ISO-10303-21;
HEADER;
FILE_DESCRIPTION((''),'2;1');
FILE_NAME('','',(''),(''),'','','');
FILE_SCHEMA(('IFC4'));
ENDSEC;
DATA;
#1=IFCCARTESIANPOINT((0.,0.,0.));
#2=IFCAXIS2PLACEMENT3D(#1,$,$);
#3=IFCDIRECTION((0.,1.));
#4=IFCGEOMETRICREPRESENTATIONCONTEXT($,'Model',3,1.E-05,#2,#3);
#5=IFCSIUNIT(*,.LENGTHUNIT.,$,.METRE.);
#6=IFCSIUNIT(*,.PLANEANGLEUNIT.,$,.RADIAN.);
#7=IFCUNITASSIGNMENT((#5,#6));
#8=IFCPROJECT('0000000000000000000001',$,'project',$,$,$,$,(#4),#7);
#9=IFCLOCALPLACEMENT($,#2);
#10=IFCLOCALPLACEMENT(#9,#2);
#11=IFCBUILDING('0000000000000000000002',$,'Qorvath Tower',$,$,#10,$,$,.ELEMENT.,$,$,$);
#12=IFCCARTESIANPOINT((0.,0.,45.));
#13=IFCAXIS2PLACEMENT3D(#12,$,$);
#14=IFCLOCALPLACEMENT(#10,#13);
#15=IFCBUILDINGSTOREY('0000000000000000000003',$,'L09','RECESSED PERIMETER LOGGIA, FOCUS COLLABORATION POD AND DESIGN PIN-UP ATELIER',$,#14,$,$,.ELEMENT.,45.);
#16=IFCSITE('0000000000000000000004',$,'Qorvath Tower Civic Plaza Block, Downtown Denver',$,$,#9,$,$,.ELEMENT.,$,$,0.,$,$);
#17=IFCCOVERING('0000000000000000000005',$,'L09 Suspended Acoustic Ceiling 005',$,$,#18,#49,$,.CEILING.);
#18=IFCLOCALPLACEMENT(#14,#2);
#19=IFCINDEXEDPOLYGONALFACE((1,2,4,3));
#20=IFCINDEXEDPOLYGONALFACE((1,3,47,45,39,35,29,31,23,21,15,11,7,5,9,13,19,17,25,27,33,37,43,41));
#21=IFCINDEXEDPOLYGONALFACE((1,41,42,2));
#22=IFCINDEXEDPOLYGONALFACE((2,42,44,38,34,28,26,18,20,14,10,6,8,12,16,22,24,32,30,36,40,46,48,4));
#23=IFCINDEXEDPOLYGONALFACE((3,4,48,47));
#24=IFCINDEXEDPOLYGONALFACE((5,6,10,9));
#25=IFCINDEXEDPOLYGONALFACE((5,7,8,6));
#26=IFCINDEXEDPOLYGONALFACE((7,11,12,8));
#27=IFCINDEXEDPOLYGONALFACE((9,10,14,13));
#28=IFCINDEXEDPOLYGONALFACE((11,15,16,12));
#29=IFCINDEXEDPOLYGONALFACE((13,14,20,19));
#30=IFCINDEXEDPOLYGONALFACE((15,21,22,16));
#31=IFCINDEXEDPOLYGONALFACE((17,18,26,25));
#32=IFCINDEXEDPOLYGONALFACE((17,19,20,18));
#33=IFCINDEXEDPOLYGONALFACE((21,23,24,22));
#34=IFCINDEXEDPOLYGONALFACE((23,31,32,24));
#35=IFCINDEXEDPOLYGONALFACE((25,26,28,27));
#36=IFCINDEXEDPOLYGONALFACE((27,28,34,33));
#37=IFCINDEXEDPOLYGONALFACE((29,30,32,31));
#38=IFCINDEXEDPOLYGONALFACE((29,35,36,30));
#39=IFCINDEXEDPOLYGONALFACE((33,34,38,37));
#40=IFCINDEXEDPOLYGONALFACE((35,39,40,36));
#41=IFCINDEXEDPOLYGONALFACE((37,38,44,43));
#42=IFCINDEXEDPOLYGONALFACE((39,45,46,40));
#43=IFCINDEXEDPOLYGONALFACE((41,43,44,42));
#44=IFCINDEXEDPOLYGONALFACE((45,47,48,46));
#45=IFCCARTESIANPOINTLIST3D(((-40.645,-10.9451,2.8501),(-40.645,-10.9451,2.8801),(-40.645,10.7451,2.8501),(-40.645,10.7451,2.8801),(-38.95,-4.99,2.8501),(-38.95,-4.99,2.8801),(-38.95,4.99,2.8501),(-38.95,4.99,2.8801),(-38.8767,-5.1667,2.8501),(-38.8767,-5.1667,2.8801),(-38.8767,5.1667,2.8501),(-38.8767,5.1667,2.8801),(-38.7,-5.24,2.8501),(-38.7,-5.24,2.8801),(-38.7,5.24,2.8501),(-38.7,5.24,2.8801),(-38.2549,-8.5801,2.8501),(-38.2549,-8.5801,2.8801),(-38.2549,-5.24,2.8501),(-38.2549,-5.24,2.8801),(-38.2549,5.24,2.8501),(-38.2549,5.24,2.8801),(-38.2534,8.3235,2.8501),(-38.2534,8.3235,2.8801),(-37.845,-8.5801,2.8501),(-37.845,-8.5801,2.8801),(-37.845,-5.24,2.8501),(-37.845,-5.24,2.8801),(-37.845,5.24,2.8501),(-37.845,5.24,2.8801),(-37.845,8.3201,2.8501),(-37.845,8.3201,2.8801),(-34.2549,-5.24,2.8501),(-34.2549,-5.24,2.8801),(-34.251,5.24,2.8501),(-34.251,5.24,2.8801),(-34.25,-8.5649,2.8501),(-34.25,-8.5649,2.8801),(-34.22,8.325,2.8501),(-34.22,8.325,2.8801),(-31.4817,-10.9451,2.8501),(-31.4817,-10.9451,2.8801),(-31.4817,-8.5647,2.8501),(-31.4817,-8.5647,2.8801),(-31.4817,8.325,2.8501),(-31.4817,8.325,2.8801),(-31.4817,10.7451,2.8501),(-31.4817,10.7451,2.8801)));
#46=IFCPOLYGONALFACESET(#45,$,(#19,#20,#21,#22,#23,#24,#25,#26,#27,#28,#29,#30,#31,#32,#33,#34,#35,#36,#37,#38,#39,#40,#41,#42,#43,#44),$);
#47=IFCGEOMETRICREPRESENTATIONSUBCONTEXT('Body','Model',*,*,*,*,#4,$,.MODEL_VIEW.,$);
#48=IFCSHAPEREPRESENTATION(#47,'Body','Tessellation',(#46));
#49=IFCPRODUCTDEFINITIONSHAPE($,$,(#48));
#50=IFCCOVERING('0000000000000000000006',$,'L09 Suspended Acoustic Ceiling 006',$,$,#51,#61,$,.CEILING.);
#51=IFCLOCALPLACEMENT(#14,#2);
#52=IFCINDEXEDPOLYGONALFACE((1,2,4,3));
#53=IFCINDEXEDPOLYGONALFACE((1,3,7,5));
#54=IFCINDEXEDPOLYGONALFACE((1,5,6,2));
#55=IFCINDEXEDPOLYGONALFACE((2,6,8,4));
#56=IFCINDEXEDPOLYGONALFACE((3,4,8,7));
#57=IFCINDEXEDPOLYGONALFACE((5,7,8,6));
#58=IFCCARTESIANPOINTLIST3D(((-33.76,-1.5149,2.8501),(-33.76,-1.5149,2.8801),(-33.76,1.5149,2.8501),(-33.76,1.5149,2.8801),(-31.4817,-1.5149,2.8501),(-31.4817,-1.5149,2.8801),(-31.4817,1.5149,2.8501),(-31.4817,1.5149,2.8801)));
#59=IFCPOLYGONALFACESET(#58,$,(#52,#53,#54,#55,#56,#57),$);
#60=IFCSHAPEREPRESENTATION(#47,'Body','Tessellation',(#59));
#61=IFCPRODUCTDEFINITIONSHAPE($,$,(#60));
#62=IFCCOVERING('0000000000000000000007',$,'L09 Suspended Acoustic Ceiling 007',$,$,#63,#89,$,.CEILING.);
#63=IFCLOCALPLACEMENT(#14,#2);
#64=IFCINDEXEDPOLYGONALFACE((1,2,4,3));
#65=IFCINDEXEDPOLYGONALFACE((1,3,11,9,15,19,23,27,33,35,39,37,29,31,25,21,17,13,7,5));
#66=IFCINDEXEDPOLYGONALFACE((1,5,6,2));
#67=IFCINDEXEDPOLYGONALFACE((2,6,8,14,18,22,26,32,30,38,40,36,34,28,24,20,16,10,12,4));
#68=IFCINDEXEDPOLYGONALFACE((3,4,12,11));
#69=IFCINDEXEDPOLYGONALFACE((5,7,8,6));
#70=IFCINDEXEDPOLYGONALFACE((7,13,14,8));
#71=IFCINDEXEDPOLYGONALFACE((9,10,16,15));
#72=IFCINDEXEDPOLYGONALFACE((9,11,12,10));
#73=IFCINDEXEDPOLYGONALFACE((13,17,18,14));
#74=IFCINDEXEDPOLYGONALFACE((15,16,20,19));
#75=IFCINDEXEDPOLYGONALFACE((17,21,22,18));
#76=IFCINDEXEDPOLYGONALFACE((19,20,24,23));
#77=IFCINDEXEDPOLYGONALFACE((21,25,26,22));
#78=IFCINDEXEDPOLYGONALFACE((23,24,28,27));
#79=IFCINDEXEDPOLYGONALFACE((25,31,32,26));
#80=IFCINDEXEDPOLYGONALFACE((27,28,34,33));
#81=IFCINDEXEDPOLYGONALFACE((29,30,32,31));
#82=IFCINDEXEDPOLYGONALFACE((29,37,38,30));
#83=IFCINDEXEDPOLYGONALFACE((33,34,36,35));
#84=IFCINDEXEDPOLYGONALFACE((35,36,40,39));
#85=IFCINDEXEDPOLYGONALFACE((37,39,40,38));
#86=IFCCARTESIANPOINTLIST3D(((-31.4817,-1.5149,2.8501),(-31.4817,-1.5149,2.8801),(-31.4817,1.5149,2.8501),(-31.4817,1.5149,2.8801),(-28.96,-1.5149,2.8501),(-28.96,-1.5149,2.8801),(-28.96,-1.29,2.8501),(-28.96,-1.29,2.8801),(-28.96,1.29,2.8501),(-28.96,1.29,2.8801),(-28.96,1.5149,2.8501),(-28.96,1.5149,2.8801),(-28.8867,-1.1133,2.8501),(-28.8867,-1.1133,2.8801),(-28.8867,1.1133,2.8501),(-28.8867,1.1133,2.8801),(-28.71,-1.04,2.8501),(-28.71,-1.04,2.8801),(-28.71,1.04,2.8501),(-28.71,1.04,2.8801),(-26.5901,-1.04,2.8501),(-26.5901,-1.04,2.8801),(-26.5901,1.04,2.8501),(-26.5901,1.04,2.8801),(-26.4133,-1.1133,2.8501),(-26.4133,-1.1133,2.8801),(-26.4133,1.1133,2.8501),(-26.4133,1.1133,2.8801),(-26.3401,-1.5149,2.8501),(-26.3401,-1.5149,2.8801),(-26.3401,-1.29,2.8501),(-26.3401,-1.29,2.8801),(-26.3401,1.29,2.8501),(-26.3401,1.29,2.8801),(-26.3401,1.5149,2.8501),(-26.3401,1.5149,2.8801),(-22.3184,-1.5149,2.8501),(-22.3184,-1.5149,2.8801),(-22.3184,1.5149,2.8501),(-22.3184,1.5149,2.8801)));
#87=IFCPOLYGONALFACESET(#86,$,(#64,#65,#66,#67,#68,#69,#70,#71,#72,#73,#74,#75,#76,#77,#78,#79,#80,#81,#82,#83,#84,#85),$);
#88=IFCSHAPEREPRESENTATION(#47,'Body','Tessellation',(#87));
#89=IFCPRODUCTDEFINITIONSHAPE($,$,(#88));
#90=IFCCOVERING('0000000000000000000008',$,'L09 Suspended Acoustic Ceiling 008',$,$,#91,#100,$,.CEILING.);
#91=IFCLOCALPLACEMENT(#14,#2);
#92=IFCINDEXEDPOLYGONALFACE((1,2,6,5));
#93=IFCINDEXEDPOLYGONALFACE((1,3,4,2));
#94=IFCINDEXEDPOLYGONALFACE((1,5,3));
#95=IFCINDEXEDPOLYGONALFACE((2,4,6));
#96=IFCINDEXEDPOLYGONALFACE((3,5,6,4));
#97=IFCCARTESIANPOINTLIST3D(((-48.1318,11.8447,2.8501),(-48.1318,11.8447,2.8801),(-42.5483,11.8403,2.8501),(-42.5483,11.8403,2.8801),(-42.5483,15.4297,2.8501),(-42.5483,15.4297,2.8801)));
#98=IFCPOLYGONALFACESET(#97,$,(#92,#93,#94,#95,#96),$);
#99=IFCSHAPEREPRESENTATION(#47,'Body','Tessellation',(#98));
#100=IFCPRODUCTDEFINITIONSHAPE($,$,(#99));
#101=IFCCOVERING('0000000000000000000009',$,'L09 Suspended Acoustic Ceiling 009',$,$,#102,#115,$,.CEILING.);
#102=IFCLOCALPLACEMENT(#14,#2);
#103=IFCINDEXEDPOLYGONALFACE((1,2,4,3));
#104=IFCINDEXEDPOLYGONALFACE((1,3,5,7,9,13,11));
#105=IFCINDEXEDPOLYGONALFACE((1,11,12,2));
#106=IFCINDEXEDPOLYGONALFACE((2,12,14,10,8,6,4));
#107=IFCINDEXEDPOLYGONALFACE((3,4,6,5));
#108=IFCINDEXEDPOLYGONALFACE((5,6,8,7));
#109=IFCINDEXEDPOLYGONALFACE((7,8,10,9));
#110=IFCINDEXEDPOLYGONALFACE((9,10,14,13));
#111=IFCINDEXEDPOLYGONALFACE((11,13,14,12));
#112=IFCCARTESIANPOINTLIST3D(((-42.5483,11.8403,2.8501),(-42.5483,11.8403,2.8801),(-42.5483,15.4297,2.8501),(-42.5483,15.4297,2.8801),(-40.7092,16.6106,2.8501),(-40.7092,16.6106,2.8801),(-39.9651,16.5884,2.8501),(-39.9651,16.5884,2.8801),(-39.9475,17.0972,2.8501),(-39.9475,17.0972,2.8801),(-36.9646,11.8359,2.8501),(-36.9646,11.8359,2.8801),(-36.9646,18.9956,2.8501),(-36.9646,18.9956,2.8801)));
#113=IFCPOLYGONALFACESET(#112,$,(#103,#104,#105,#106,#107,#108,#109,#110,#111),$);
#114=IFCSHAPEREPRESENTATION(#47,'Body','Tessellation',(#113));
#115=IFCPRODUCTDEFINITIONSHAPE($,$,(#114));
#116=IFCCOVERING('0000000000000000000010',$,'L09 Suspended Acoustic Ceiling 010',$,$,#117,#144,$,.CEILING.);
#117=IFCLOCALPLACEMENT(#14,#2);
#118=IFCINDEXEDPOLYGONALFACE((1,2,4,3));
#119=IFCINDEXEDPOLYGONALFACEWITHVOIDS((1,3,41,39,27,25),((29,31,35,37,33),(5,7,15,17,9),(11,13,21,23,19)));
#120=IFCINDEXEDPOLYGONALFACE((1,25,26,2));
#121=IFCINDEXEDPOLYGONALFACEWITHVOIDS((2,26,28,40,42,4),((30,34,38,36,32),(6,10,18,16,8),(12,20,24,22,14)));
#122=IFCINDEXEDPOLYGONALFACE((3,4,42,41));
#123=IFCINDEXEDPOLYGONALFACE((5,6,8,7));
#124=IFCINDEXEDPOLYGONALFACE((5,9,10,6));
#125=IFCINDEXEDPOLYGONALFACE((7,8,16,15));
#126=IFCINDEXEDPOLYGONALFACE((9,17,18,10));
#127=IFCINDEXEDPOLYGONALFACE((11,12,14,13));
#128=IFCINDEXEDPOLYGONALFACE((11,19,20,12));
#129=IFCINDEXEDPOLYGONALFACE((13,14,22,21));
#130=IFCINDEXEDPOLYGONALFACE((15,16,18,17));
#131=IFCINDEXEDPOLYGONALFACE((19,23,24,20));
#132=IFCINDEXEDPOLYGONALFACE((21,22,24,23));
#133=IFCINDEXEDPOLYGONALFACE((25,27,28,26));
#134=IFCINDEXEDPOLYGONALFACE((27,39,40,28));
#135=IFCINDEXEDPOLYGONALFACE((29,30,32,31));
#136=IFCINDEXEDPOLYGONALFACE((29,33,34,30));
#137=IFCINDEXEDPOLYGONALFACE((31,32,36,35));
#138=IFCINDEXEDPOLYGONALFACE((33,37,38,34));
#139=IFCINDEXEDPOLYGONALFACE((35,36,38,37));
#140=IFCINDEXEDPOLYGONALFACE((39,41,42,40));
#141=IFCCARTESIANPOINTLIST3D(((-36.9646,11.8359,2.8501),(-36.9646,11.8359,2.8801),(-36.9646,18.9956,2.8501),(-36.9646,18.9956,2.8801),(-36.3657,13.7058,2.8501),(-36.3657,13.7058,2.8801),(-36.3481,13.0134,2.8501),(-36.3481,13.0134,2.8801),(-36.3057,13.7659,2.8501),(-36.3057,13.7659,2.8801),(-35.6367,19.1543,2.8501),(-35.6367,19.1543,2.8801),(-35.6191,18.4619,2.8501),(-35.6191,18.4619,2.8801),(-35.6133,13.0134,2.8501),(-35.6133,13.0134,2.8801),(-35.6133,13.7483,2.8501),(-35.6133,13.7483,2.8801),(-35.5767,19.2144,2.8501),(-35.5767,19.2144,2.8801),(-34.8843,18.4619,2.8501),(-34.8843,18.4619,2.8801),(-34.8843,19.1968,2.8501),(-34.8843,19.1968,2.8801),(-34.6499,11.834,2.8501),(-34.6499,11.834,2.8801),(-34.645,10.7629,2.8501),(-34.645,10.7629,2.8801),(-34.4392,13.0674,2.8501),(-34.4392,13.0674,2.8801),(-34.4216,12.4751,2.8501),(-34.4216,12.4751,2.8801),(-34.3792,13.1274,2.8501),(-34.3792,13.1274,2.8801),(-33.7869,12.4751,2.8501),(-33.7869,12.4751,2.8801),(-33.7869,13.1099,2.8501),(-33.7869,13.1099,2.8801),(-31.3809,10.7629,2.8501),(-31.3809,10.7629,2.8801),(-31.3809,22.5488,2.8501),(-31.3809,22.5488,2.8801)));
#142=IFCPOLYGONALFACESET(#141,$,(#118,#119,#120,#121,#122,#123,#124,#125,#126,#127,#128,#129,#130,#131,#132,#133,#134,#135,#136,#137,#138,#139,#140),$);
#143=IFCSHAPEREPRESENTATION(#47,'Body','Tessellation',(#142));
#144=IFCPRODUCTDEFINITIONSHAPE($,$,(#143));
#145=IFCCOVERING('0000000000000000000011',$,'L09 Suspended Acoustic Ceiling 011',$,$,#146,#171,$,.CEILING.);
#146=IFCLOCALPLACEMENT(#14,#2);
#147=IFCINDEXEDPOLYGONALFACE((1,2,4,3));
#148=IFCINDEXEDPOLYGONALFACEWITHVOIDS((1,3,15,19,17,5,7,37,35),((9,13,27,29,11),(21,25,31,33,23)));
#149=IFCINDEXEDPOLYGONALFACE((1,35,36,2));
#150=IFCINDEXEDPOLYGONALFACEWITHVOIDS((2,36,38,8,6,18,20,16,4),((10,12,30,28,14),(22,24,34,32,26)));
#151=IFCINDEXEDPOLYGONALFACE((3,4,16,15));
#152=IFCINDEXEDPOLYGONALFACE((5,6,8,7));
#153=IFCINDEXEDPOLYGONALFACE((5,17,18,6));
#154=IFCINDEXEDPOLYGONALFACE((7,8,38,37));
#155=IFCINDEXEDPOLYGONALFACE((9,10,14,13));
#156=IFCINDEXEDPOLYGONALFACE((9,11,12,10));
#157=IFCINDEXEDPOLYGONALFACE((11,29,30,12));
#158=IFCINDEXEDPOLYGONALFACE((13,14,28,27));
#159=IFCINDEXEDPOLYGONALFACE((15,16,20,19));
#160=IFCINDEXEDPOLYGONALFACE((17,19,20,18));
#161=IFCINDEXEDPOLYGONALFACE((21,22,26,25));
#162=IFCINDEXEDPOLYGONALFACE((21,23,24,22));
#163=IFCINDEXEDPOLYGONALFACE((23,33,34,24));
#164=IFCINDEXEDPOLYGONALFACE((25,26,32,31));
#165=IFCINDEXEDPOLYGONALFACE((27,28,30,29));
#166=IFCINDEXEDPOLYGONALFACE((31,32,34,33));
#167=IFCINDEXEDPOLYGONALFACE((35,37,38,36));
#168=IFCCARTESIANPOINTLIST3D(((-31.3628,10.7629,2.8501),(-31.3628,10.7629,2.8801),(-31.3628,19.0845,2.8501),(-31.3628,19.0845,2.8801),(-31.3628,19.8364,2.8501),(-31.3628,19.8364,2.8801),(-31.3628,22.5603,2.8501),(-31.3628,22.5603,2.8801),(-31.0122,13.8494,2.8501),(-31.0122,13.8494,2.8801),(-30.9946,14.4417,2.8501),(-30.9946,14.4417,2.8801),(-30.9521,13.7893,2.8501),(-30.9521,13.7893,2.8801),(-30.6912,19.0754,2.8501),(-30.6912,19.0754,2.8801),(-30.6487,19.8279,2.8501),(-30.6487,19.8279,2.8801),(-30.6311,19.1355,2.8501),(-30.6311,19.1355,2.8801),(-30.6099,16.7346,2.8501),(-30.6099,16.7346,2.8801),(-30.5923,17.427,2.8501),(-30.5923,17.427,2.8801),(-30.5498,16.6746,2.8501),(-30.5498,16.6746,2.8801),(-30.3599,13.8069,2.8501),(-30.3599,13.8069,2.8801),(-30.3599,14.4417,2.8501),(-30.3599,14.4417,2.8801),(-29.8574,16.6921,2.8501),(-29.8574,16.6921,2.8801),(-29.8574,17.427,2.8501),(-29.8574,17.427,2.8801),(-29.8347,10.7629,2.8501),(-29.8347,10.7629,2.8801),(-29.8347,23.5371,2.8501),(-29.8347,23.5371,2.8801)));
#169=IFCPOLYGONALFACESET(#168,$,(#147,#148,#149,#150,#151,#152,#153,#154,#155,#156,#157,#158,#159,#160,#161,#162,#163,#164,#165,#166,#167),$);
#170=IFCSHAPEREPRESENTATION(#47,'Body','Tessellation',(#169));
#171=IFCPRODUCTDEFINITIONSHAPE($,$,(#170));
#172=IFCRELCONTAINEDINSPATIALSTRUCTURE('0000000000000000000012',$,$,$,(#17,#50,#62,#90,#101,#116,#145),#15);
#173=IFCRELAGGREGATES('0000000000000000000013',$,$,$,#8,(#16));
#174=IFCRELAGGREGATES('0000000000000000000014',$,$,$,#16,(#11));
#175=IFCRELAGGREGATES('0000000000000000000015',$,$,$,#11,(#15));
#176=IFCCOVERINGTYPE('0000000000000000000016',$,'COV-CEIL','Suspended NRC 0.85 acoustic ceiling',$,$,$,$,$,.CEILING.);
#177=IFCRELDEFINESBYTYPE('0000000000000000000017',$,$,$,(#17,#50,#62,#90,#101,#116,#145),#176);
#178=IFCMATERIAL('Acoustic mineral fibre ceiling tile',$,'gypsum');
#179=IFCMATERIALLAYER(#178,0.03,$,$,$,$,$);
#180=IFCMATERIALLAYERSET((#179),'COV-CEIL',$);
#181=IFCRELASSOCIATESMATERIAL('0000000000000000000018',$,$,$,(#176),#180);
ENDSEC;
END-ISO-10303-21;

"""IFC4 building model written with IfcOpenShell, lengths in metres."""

from ifc_helpers import new_model, si_unit, direction, frame, origin, place, context, subcontext, project, spatial, polyline, outline, extrude, material, layer, layer_set, type_object, element, save


model = new_model("IFC4")

# Units and contexts
model_context = context("Model", 3, precision=1e-05, world=origin(), true_north=direction((0.0, 1.0)))
body_context = subcontext(model_context, "Body", "Model", "MODEL_VIEW")
ifc_project = project(units=[si_unit("LENGTHUNIT", "METRE"), si_unit("PLANEANGLEUNIT", "RADIAN")], contexts=[model_context])

# Site, building, storey
site_placement = place(None, origin())
site = spatial("IfcSite", under=ifc_project, at=site_placement, Name="Qorvath Tower Civic Plaza Block, Downtown Denver", CompositionType="ELEMENT", RefElevation=0.0)
building_placement = place(site_placement, origin())
building = spatial("IfcBuilding", under=site, at=building_placement, Name="Qorvath Tower", CompositionType="ELEMENT")
storey_placement = place(building_placement, frame((0.0, 0.0, 45.0)))
storey = spatial("IfcBuildingStorey", under=building, at=storey_placement, Name="L09", Description="RECESSED PERIMETER LOGGIA, FOCUS COLLABORATION POD AND DESIGN PIN-UP ATELIER", CompositionType="ELEMENT", Elevation=45.0)

# Coverings
ifc_material_1 = material(Name="Acoustic mineral fibre ceiling tile", Category="gypsum")
ifc_layer_1 = layer(ifc_material_1, 0.03)
ifc_layer_set_1 = layer_set([ifc_layer_1], Name="COV-CEIL")
covering_type_1 = type_object("IfcCoveringType", Name="COV-CEIL", Description="Suspended NRC 0.85 acoustic ceiling", PredefinedType="CEILING", material=ifc_layer_set_1)
covering_1_placement = place(storey_placement, frame((0.0, 0.0, 2.8501)))
element("IfcCovering", 1, at=covering_1_placement, inside=storey, type_object=covering_type_1, Name="L09 Suspended Acoustic Ceiling 005", PredefinedType="CEILING", context=body_context, shape_type="SweptSolid", body=[
    extrude(outline(polyline([(-31.4817, -10.9451), (-31.4817, -8.5647), (-34.25, -8.5649), (-34.2549, -5.24), (-37.845, -5.24), (-37.845, -8.5801), (-38.2549, -8.5801), (-38.2549, -5.24), (-38.7, -5.24), (-38.8767, -5.1667), (-38.95, -4.99), (-38.95, 4.99), (-38.8767, 5.1667), (-38.7, 5.24), (-38.2549, 5.24), (-38.2534, 8.3235), (-37.845, 8.3201), (-37.845, 5.24), (-34.251, 5.24), (-34.22, 8.325), (-31.4817, 8.325), (-31.4817, 10.7451), (-40.645, 10.7451), (-40.645, -10.9451), (-31.4817, -10.9451)])), origin(), (0.0, 0.0, 1.0), 0.03),
])
covering_2_placement = place(storey_placement, frame((0.0, 0.0, 2.8501)))
element("IfcCovering", 2, at=covering_2_placement, inside=storey, type_object=covering_type_1, Name="L09 Suspended Acoustic Ceiling 006", PredefinedType="CEILING", context=body_context, shape_type="SweptSolid", body=[
    extrude(outline(polyline([(-31.4817, -1.5149), (-31.4817, 1.5149), (-33.76, 1.5149), (-33.76, -1.5149), (-31.4817, -1.5149)])), origin(), (0.0, 0.0, 1.0), 0.03),
])
covering_3_placement = place(storey_placement, frame((0.0, 0.0, 2.8501)))
element("IfcCovering", 3, at=covering_3_placement, inside=storey, type_object=covering_type_1, Name="L09 Suspended Acoustic Ceiling 007", PredefinedType="CEILING", context=body_context, shape_type="SweptSolid", body=[
    extrude(outline(polyline([(-22.3184, -1.5149), (-22.3184, 1.5149), (-26.3401, 1.5149), (-26.3401, 1.29), (-26.4133, 1.1133), (-26.5901, 1.04), (-28.71, 1.04), (-28.8867, 1.1133), (-28.96, 1.29), (-28.96, 1.5149), (-31.4817, 1.5149), (-31.4817, -1.5149), (-28.96, -1.5149), (-28.96, -1.29), (-28.8867, -1.1133), (-28.71, -1.04), (-26.5901, -1.04), (-26.4133, -1.1133), (-26.3401, -1.29), (-26.3401, -1.5149), (-22.3184, -1.5149)])), origin(), (0.0, 0.0, 1.0), 0.03),
])
covering_4_placement = place(storey_placement, frame((0.0, 0.0, 2.8501)))
element("IfcCovering", 4, at=covering_4_placement, inside=storey, type_object=covering_type_1, Name="L09 Suspended Acoustic Ceiling 008", PredefinedType="CEILING", context=body_context, shape_type="SweptSolid", body=[
    extrude(outline(polyline([(-42.5483, 11.8403), (-42.5483, 15.4297), (-48.1318, 11.8447), (-42.5483, 11.8403)])), origin(), (0.0, 0.0, 1.0), 0.03),
])
covering_5_placement = place(storey_placement, frame((0.0, 0.0, 2.8501)))
element("IfcCovering", 5, at=covering_5_placement, inside=storey, type_object=covering_type_1, Name="L09 Suspended Acoustic Ceiling 009", PredefinedType="CEILING", context=body_context, shape_type="SweptSolid", body=[
    extrude(outline(polyline([(-36.9646, 11.8359), (-36.9646, 18.9956), (-39.9475, 17.0972), (-39.9651, 16.5884), (-40.7092, 16.6106), (-42.5483, 15.4297), (-42.5483, 11.8403), (-36.9646, 11.8359)])), origin(), (0.0, 0.0, 1.0), 0.03),
])
covering_6_placement = place(storey_placement, frame((0.0, 0.0, 2.8501)))
element("IfcCovering", 6, at=covering_6_placement, inside=storey, type_object=covering_type_1, Name="L09 Suspended Acoustic Ceiling 010", PredefinedType="CEILING", context=body_context, shape_type="SweptSolid", body=[
    extrude(outline(polyline([(-31.3809, 22.5488), (-36.9646, 18.9956), (-36.9646, 11.8359), (-34.6499, 11.834), (-34.645, 10.7629), (-31.3809, 10.7629), (-31.3809, 22.5488)]), holes=[polyline([(-34.4392, 13.0674), (-34.3792, 13.1274), (-33.7869, 13.1099), (-33.7869, 12.4751), (-34.4216, 12.4751), (-34.4392, 13.0674)]), polyline([(-35.6367, 19.1543), (-35.5767, 19.2144), (-34.8843, 19.1968), (-34.8843, 18.4619), (-35.6191, 18.4619), (-35.6367, 19.1543)]), polyline([(-36.3657, 13.7058), (-36.3057, 13.7659), (-35.6133, 13.7483), (-35.6133, 13.0134), (-36.3481, 13.0134), (-36.3657, 13.7058)])]), origin(), (0.0, 0.0, 1.0), 0.03),
])
covering_7_placement = place(storey_placement, frame((0.0, 0.0, 2.8501)))
element("IfcCovering", 7, at=covering_7_placement, inside=storey, type_object=covering_type_1, Name="L09 Suspended Acoustic Ceiling 011", PredefinedType="CEILING", context=body_context, shape_type="SweptSolid", body=[
    extrude(outline(polyline([(-31.3628, 10.7629), (-29.8347, 10.7629), (-29.8347, 23.5371), (-31.3628, 22.5603), (-31.3628, 19.8364), (-30.6487, 19.8279), (-30.6311, 19.1355), (-30.6912, 19.0754), (-31.3628, 19.0845), (-31.3628, 10.7629)]), holes=[polyline([(-30.6099, 16.7346), (-30.5923, 17.427), (-29.8574, 17.427), (-29.8574, 16.6921), (-30.5498, 16.6746), (-30.6099, 16.7346)]), polyline([(-31.0122, 13.8494), (-30.9946, 14.4417), (-30.3599, 14.4417), (-30.3599, 13.8069), (-30.9521, 13.7893), (-31.0122, 13.8494)])]), origin(), (0.0, 0.0, 1.0), 0.03),
])

save(model, "model.ifc")
